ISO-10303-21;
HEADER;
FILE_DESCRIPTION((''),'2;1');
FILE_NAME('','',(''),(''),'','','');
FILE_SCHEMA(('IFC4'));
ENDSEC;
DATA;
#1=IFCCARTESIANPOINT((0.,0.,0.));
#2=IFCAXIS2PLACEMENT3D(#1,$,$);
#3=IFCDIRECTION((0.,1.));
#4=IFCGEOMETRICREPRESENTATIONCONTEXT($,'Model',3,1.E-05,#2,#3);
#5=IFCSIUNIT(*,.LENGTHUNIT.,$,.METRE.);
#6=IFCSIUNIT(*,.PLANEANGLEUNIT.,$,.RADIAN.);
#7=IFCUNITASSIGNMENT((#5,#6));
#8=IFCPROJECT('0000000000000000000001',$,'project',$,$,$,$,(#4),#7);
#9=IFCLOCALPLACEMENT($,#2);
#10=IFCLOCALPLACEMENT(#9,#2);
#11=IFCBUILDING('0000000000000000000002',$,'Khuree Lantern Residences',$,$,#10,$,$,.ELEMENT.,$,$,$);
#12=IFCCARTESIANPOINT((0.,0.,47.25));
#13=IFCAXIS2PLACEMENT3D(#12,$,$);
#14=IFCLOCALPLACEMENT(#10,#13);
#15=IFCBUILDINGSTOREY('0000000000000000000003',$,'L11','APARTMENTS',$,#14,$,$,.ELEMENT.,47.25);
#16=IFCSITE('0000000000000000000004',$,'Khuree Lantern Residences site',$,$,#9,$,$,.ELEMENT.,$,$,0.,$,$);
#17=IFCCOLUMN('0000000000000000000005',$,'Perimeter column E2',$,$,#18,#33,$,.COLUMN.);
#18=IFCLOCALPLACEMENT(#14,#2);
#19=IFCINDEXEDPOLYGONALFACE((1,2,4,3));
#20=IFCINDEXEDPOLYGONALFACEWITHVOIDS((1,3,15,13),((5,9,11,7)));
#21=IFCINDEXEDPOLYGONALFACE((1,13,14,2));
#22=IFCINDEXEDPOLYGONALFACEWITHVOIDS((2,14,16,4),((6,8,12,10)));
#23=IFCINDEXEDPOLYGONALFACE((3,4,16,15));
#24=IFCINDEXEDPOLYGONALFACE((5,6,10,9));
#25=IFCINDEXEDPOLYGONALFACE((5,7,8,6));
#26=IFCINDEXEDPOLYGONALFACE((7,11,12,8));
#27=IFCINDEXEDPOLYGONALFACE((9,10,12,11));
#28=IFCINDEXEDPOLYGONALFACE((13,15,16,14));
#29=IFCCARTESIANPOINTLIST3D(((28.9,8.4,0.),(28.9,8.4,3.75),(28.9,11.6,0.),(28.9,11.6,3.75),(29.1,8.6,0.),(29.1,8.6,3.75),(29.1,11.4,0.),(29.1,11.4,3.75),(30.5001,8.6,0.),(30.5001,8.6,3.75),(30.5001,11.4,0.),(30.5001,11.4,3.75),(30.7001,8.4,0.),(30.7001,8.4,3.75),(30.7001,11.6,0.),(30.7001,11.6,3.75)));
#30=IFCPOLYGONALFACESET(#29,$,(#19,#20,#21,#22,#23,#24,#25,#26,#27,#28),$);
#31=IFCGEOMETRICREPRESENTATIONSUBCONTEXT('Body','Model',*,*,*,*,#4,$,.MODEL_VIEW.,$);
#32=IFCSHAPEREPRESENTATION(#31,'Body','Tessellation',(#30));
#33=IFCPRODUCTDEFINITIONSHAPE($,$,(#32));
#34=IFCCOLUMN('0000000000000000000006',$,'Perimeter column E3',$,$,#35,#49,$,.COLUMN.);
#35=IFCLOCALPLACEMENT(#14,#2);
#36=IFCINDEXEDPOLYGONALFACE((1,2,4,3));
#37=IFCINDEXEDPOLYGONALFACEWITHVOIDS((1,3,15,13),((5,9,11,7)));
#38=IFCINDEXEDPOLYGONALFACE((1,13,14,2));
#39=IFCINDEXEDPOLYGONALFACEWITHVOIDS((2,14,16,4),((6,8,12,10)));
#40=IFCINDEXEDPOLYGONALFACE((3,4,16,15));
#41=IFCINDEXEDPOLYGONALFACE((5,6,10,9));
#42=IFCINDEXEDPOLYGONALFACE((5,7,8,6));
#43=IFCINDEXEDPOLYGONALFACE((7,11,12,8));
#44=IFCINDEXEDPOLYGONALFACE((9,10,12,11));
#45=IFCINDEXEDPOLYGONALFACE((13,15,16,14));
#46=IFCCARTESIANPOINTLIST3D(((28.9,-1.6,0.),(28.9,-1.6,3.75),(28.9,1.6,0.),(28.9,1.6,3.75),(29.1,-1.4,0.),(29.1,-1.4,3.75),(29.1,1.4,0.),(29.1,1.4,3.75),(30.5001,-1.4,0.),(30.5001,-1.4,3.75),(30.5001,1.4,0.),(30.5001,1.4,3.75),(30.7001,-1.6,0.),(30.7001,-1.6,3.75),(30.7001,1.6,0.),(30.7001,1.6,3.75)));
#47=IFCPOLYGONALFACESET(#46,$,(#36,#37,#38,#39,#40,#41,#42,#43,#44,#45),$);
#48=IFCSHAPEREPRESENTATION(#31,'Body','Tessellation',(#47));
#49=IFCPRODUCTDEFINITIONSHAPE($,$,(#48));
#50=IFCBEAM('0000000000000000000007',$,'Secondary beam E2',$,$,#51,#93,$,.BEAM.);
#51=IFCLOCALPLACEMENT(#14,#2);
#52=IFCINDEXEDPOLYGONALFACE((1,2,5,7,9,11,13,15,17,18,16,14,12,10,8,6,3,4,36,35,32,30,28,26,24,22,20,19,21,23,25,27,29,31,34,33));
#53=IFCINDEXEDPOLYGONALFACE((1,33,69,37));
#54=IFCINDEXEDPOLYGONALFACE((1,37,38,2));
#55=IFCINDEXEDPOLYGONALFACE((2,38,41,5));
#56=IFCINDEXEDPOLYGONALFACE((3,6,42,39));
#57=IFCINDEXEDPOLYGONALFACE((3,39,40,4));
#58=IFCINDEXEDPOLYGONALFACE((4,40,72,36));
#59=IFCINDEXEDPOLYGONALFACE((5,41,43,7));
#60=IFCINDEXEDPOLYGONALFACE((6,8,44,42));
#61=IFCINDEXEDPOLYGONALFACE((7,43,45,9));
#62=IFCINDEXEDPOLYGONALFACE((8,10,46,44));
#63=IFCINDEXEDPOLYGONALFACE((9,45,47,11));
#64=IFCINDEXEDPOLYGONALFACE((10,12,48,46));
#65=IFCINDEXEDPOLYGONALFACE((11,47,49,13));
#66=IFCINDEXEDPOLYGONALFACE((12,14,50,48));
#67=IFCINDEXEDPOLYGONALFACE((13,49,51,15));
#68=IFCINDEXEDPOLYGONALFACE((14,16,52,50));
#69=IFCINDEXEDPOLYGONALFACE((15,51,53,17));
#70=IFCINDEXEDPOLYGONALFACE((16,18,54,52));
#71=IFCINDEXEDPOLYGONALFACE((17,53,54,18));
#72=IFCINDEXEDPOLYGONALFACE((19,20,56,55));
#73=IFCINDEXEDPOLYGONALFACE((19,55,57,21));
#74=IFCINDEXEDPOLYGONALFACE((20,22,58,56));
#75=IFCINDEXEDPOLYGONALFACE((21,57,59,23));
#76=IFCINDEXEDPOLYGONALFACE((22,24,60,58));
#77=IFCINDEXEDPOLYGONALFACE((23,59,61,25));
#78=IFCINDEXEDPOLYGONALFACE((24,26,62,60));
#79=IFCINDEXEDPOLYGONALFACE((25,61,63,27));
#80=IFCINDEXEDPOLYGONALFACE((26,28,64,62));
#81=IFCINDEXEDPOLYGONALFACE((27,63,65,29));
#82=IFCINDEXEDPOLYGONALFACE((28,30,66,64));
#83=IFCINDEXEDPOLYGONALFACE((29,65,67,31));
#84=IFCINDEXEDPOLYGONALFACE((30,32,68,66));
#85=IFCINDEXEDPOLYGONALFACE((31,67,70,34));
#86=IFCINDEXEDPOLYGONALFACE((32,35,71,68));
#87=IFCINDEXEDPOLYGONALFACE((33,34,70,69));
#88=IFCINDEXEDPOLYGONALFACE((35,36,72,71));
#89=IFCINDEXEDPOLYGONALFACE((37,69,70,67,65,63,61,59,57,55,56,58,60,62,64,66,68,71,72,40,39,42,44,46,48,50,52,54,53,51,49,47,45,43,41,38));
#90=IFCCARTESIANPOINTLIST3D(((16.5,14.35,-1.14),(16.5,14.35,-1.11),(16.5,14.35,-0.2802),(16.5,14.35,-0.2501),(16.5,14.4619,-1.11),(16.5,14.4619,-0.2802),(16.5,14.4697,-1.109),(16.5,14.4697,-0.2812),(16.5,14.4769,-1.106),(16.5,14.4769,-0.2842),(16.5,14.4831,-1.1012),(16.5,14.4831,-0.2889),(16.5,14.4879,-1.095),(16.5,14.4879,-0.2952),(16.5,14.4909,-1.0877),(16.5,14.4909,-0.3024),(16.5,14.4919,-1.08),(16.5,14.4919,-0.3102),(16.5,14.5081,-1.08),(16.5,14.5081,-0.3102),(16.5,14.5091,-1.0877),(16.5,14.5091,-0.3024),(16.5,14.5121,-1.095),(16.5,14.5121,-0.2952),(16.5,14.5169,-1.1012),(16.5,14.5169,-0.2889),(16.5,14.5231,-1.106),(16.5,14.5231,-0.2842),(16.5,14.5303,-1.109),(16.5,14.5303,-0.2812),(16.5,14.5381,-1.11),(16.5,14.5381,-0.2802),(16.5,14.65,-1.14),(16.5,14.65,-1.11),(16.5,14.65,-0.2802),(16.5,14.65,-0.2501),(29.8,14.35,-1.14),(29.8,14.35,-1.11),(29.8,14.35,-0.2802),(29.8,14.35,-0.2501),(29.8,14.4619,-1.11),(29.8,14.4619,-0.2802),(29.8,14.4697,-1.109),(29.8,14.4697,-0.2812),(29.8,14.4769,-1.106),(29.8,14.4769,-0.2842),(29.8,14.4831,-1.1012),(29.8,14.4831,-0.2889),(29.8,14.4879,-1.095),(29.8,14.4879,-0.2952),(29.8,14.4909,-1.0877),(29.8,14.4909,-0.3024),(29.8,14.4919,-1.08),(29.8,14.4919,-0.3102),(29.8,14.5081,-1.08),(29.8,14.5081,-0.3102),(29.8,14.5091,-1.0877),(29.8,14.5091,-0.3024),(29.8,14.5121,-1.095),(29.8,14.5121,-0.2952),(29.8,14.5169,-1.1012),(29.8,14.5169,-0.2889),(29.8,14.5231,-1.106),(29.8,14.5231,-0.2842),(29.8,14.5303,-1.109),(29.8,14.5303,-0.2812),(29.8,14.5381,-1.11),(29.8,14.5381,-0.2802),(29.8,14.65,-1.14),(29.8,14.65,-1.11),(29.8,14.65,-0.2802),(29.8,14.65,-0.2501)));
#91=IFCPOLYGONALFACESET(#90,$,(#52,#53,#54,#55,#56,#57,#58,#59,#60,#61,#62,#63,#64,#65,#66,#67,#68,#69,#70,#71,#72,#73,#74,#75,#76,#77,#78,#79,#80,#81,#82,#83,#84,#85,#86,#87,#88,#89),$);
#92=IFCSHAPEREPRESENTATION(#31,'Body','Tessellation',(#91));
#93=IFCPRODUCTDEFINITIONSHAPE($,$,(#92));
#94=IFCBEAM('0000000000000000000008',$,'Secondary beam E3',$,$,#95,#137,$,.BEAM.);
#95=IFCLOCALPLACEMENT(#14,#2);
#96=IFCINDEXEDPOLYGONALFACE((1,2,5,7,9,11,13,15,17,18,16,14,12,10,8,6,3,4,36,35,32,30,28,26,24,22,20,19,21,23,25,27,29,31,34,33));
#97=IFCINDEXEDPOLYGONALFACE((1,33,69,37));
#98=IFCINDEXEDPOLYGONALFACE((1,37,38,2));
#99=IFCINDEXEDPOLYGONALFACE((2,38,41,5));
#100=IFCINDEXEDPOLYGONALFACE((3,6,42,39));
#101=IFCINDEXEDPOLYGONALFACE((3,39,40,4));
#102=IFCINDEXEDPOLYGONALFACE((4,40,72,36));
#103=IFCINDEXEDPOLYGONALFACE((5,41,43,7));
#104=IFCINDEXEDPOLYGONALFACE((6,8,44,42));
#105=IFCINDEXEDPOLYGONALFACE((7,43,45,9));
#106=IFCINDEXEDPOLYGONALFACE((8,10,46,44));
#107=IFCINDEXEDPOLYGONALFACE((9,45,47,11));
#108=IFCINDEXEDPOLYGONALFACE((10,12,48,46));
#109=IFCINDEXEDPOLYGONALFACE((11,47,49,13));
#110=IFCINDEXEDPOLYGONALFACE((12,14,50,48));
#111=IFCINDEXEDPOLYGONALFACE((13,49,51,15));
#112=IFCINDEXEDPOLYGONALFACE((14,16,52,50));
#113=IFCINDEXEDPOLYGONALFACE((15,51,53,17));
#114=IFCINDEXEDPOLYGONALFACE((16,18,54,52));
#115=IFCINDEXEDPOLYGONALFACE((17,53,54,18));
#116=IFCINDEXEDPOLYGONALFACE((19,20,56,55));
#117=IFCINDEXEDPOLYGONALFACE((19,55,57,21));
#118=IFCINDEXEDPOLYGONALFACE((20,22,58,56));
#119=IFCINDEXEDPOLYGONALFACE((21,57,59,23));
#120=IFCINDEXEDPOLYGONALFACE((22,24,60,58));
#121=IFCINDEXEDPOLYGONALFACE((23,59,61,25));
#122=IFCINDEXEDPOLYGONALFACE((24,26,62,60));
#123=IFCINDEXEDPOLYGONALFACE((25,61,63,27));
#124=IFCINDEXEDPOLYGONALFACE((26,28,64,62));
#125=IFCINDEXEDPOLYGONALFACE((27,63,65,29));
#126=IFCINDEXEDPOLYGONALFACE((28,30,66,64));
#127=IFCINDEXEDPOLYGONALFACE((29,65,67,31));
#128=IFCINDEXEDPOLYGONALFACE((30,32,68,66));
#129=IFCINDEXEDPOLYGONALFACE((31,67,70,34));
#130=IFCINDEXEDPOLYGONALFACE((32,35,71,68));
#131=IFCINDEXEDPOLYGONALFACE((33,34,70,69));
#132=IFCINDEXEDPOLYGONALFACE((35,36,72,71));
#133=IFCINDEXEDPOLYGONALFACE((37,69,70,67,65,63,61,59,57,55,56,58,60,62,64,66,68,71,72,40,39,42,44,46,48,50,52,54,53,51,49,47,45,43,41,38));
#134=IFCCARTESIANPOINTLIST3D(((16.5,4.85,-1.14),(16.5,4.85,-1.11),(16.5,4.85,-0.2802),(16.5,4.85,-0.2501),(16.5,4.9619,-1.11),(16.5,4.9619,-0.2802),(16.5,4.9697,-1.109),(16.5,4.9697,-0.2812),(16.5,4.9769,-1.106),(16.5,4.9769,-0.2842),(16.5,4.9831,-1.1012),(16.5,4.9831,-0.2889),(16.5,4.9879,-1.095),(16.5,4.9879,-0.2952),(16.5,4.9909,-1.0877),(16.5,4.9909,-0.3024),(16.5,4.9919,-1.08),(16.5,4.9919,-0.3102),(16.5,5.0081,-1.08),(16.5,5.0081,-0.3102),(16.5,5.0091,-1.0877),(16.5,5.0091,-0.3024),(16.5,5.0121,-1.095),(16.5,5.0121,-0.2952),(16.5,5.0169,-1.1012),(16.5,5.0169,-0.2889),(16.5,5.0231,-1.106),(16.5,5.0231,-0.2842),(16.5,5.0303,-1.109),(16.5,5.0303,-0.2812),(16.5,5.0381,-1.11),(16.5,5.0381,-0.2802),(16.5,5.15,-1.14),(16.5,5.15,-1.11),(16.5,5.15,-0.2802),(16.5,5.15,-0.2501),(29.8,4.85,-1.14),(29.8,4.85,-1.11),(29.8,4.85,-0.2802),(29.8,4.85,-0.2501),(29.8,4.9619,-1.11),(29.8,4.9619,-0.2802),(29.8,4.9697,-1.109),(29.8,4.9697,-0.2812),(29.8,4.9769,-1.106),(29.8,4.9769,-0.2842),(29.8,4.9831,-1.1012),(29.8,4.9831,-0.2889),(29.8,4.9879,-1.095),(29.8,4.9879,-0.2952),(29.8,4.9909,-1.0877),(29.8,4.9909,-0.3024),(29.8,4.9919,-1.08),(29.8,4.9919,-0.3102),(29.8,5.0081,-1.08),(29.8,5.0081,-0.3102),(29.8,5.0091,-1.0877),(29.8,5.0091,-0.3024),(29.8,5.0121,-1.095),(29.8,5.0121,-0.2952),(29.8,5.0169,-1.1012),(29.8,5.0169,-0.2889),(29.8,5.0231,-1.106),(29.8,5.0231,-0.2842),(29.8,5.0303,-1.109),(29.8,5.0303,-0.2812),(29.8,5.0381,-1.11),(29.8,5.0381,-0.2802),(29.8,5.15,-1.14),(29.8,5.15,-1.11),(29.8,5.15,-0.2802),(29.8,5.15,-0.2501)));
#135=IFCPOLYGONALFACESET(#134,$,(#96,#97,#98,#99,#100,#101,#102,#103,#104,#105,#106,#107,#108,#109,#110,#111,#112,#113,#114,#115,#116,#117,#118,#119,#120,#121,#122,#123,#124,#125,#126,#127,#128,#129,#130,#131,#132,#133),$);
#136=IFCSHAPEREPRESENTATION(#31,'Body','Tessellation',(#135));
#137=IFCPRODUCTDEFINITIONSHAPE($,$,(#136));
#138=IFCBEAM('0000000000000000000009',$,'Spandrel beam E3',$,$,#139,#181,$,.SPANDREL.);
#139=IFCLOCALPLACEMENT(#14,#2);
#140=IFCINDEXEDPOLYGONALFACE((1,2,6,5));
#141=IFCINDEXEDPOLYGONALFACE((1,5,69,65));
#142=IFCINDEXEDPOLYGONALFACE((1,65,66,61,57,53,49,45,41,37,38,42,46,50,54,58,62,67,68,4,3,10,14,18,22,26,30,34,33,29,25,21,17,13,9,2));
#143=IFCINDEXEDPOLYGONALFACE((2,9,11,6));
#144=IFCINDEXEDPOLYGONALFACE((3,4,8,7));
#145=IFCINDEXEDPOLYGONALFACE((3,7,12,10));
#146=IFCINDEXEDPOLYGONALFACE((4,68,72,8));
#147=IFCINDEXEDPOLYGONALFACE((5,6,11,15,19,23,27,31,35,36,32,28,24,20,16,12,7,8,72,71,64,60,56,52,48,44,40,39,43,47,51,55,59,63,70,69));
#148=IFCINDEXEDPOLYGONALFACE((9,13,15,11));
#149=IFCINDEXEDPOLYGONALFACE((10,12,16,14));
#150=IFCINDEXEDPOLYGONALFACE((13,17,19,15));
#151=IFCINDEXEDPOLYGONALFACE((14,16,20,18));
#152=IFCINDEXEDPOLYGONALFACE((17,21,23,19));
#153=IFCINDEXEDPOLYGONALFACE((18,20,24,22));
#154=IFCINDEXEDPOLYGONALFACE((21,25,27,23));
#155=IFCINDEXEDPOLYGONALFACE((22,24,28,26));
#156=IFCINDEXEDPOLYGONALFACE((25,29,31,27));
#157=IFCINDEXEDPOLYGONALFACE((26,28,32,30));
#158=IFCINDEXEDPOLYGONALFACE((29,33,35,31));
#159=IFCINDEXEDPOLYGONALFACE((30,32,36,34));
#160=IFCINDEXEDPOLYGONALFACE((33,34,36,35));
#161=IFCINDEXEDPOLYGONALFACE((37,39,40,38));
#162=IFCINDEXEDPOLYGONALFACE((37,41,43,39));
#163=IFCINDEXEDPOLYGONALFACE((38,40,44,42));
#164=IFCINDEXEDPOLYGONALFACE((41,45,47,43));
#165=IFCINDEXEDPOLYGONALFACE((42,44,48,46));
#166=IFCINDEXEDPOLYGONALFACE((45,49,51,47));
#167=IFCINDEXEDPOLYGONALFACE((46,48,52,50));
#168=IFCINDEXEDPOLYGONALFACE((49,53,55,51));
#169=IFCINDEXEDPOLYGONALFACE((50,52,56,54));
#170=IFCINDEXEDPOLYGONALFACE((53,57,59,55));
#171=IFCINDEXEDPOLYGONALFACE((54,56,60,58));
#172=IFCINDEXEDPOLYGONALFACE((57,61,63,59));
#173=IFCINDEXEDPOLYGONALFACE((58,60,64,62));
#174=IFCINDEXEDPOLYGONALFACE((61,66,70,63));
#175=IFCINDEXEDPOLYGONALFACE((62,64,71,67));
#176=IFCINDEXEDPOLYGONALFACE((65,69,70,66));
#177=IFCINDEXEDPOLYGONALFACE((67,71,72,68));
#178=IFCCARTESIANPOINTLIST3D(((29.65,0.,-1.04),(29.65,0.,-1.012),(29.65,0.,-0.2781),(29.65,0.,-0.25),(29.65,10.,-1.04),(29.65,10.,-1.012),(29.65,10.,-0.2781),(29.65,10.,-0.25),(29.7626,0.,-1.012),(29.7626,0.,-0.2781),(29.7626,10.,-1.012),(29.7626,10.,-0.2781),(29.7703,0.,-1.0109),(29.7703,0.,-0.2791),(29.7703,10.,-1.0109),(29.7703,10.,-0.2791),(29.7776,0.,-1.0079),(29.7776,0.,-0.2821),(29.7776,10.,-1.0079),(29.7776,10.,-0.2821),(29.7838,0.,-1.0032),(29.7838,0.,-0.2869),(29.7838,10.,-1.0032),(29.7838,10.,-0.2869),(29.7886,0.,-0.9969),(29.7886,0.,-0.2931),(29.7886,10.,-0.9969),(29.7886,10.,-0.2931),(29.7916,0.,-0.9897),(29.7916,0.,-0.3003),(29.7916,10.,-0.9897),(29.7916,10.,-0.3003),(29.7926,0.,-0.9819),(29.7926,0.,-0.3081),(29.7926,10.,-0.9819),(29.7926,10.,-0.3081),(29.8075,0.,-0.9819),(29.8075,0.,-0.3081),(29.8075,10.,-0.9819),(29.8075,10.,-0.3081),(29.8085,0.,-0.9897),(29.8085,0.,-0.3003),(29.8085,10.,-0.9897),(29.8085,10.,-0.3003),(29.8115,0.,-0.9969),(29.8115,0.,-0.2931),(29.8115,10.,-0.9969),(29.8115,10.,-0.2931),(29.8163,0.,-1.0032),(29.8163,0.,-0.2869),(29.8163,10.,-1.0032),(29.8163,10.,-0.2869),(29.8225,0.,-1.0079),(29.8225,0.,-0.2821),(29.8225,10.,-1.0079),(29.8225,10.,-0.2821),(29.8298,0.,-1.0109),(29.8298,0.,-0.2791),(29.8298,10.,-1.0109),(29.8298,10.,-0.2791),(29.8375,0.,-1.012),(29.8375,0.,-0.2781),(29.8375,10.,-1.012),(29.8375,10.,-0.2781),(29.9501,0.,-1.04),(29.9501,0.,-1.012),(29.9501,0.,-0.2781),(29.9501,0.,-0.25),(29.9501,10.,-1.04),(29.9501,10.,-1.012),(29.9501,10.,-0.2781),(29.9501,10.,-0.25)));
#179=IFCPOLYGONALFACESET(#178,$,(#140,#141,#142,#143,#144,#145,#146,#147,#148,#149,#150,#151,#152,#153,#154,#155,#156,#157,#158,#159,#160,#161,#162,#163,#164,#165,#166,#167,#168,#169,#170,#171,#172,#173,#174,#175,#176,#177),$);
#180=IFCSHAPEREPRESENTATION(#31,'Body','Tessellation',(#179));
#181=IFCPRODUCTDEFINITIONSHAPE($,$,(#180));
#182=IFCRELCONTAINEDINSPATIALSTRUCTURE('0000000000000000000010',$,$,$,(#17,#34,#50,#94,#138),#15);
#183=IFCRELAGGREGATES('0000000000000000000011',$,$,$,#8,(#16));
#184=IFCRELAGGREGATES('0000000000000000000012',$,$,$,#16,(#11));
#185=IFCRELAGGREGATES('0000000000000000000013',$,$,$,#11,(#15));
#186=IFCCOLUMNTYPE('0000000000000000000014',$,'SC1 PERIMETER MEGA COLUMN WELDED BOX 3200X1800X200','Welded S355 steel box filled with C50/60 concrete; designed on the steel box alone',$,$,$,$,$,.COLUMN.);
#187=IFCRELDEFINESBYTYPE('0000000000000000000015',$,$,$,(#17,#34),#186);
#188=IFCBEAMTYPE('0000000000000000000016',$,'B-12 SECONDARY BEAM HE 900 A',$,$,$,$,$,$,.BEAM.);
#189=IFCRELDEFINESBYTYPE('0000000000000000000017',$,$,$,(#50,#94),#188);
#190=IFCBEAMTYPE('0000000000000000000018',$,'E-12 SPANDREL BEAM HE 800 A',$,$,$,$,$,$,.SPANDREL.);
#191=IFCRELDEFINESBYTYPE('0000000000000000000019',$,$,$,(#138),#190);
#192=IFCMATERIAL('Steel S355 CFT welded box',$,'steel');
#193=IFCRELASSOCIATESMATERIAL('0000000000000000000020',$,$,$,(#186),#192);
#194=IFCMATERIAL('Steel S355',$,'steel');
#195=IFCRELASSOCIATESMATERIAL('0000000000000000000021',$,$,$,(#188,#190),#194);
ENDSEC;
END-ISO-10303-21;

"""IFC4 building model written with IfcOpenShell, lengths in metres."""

from ifc_helpers import new_model, si_unit, direction, frame, origin, origin_2d, place, context, subcontext, project, spatial, hollow_rectangle, i_section, extrude, material, material_profile, profile_set, type_object, element, save


model = new_model("IFC4")

# Units and contexts
model_context = context("Model", 3, precision=1e-05, world=origin(), true_north=direction((0.0, 1.0)))
body_context = subcontext(model_context, "Body", "Model", "MODEL_VIEW")
ifc_project = project(units=[si_unit("LENGTHUNIT", "METRE"), si_unit("PLANEANGLEUNIT", "RADIAN")], contexts=[model_context])

# Site, building, storey
site_placement = place(None, origin())
site = spatial("IfcSite", under=ifc_project, at=site_placement, Name="Khuree Lantern Residences site", CompositionType="ELEMENT", RefElevation=0.0)
building_placement = place(site_placement, origin())
building = spatial("IfcBuilding", under=site, at=building_placement, Name="Khuree Lantern Residences", CompositionType="ELEMENT")
storey_placement = place(building_placement, frame((0.0, 0.0, 47.25)))
storey = spatial("IfcBuildingStorey", under=building, at=storey_placement, Name="L11", Description="APARTMENTS", CompositionType="ELEMENT", Elevation=47.25)

# Columns
ifc_material_1 = material(Name="Steel S355 CFT welded box", Category="steel")
ifc_material_profile_1 = material_profile(ifc_material_1, hollow_rectangle(XDim=3.2, YDim=1.8, WallThickness=0.2, at=origin_2d()), Name="WELDED BOX 3200X1800X200")
ifc_profile_set_1 = profile_set([ifc_material_profile_1], Name="Steel S355 CFT welded box")
column_type = type_object("IfcColumnType", Name="SC1 PERIMETER MEGA COLUMN WELDED BOX 3200X1800X200", Description="Welded S355 steel box filled with C50/60 concrete; designed on the steel box alone", PredefinedType="COLUMN", material=ifc_profile_set_1)
for number, where, z_axis, x_axis, name in (
    (1, (29.8, 10.0, 0.0), (0.0, 0.0, 1.0), (0.0, 1.0, 0.0), "Perimeter column E2"),
    (2, (29.8, 0.0, 0.0), (0.0, 0.0, 1.0), (0.0, 1.0, 0.0), "Perimeter column E3"),
):
    element("IfcColumn", number, at=place(storey_placement, frame(where, z_axis=z_axis, x_axis=x_axis)), inside=storey, type_object=column_type, Name=name, PredefinedType="COLUMN", context=body_context, shape_type="SweptSolid", body=[
        extrude(hollow_rectangle(XDim=3.2, YDim=1.8, WallThickness=0.2, at=origin_2d()), origin(), (0.0, 0.0, 1.0), 3.75),
    ])

# Beams
ifc_material_2 = material(Name="Steel S355", Category="steel")
ifc_material_profile_2 = material_profile(ifc_material_2, i_section(OverallWidth=0.3, OverallDepth=0.8899, WebThickness=0.0161, FlangeThickness=0.03, FilletRadius=0.03, at=origin_2d()), Name="HE 900 A")
ifc_profile_set_2 = profile_set([ifc_material_profile_2], Name="Steel S355")
beam_type_1 = type_object("IfcBeamType", Name="B-12 SECONDARY BEAM HE 900 A", PredefinedType="BEAM", material=ifc_profile_set_2)
for number, where, z_axis, x_axis, name in (
    (3, (29.8, 14.5, -0.6951), (-1.0, 0.0, 0.0), (0.0, -1.0, 0.0), "Secondary beam E2"),
    (4, (29.8, 5.0, -0.6951), (-1.0, 0.0, 0.0), (0.0, -1.0, 0.0), "Secondary beam E3"),
):
    element("IfcBeam", number, at=place(storey_placement, frame(where, z_axis=z_axis, x_axis=x_axis)), inside=storey, type_object=beam_type_1, Name=name, PredefinedType="BEAM", context=body_context, shape_type="SweptSolid", body=[
        extrude(i_section(OverallWidth=0.3, OverallDepth=0.8899, WebThickness=0.0161, FlangeThickness=0.03, FilletRadius=0.03, at=origin_2d()), origin(), (0.0, 0.0, 1.0), 13.3),
    ])
ifc_material_profile_3 = material_profile(ifc_material_2, i_section(OverallWidth=0.3, OverallDepth=0.79, WebThickness=0.0149, FlangeThickness=0.0281, FilletRadius=0.03, at=origin_2d()), Name="HE 800 A")
ifc_profile_set_3 = profile_set([ifc_material_profile_3], Name="Steel S355")
beam_type_2 = type_object("IfcBeamType", Name="E-12 SPANDREL BEAM HE 800 A", PredefinedType="SPANDREL", material=ifc_profile_set_3)
for number, where, z_axis, x_axis, name in (
    (5, (29.8, 10.0, -0.645), (0.0, -1.0, 0.0), (1.0, 0.0, 0.0), "Spandrel beam E3"),
):
    element("IfcBeam", number, at=place(storey_placement, frame(where, z_axis=z_axis, x_axis=x_axis)), inside=storey, type_object=beam_type_2, Name=name, PredefinedType="SPANDREL", context=body_context, shape_type="SweptSolid", body=[
        extrude(i_section(OverallWidth=0.3, OverallDepth=0.79, WebThickness=0.0149, FlangeThickness=0.0281, FilletRadius=0.03, at=origin_2d()), origin(), (0.0, 0.0, 1.0), 10.0),
    ])

save(model, "model.ifc")
